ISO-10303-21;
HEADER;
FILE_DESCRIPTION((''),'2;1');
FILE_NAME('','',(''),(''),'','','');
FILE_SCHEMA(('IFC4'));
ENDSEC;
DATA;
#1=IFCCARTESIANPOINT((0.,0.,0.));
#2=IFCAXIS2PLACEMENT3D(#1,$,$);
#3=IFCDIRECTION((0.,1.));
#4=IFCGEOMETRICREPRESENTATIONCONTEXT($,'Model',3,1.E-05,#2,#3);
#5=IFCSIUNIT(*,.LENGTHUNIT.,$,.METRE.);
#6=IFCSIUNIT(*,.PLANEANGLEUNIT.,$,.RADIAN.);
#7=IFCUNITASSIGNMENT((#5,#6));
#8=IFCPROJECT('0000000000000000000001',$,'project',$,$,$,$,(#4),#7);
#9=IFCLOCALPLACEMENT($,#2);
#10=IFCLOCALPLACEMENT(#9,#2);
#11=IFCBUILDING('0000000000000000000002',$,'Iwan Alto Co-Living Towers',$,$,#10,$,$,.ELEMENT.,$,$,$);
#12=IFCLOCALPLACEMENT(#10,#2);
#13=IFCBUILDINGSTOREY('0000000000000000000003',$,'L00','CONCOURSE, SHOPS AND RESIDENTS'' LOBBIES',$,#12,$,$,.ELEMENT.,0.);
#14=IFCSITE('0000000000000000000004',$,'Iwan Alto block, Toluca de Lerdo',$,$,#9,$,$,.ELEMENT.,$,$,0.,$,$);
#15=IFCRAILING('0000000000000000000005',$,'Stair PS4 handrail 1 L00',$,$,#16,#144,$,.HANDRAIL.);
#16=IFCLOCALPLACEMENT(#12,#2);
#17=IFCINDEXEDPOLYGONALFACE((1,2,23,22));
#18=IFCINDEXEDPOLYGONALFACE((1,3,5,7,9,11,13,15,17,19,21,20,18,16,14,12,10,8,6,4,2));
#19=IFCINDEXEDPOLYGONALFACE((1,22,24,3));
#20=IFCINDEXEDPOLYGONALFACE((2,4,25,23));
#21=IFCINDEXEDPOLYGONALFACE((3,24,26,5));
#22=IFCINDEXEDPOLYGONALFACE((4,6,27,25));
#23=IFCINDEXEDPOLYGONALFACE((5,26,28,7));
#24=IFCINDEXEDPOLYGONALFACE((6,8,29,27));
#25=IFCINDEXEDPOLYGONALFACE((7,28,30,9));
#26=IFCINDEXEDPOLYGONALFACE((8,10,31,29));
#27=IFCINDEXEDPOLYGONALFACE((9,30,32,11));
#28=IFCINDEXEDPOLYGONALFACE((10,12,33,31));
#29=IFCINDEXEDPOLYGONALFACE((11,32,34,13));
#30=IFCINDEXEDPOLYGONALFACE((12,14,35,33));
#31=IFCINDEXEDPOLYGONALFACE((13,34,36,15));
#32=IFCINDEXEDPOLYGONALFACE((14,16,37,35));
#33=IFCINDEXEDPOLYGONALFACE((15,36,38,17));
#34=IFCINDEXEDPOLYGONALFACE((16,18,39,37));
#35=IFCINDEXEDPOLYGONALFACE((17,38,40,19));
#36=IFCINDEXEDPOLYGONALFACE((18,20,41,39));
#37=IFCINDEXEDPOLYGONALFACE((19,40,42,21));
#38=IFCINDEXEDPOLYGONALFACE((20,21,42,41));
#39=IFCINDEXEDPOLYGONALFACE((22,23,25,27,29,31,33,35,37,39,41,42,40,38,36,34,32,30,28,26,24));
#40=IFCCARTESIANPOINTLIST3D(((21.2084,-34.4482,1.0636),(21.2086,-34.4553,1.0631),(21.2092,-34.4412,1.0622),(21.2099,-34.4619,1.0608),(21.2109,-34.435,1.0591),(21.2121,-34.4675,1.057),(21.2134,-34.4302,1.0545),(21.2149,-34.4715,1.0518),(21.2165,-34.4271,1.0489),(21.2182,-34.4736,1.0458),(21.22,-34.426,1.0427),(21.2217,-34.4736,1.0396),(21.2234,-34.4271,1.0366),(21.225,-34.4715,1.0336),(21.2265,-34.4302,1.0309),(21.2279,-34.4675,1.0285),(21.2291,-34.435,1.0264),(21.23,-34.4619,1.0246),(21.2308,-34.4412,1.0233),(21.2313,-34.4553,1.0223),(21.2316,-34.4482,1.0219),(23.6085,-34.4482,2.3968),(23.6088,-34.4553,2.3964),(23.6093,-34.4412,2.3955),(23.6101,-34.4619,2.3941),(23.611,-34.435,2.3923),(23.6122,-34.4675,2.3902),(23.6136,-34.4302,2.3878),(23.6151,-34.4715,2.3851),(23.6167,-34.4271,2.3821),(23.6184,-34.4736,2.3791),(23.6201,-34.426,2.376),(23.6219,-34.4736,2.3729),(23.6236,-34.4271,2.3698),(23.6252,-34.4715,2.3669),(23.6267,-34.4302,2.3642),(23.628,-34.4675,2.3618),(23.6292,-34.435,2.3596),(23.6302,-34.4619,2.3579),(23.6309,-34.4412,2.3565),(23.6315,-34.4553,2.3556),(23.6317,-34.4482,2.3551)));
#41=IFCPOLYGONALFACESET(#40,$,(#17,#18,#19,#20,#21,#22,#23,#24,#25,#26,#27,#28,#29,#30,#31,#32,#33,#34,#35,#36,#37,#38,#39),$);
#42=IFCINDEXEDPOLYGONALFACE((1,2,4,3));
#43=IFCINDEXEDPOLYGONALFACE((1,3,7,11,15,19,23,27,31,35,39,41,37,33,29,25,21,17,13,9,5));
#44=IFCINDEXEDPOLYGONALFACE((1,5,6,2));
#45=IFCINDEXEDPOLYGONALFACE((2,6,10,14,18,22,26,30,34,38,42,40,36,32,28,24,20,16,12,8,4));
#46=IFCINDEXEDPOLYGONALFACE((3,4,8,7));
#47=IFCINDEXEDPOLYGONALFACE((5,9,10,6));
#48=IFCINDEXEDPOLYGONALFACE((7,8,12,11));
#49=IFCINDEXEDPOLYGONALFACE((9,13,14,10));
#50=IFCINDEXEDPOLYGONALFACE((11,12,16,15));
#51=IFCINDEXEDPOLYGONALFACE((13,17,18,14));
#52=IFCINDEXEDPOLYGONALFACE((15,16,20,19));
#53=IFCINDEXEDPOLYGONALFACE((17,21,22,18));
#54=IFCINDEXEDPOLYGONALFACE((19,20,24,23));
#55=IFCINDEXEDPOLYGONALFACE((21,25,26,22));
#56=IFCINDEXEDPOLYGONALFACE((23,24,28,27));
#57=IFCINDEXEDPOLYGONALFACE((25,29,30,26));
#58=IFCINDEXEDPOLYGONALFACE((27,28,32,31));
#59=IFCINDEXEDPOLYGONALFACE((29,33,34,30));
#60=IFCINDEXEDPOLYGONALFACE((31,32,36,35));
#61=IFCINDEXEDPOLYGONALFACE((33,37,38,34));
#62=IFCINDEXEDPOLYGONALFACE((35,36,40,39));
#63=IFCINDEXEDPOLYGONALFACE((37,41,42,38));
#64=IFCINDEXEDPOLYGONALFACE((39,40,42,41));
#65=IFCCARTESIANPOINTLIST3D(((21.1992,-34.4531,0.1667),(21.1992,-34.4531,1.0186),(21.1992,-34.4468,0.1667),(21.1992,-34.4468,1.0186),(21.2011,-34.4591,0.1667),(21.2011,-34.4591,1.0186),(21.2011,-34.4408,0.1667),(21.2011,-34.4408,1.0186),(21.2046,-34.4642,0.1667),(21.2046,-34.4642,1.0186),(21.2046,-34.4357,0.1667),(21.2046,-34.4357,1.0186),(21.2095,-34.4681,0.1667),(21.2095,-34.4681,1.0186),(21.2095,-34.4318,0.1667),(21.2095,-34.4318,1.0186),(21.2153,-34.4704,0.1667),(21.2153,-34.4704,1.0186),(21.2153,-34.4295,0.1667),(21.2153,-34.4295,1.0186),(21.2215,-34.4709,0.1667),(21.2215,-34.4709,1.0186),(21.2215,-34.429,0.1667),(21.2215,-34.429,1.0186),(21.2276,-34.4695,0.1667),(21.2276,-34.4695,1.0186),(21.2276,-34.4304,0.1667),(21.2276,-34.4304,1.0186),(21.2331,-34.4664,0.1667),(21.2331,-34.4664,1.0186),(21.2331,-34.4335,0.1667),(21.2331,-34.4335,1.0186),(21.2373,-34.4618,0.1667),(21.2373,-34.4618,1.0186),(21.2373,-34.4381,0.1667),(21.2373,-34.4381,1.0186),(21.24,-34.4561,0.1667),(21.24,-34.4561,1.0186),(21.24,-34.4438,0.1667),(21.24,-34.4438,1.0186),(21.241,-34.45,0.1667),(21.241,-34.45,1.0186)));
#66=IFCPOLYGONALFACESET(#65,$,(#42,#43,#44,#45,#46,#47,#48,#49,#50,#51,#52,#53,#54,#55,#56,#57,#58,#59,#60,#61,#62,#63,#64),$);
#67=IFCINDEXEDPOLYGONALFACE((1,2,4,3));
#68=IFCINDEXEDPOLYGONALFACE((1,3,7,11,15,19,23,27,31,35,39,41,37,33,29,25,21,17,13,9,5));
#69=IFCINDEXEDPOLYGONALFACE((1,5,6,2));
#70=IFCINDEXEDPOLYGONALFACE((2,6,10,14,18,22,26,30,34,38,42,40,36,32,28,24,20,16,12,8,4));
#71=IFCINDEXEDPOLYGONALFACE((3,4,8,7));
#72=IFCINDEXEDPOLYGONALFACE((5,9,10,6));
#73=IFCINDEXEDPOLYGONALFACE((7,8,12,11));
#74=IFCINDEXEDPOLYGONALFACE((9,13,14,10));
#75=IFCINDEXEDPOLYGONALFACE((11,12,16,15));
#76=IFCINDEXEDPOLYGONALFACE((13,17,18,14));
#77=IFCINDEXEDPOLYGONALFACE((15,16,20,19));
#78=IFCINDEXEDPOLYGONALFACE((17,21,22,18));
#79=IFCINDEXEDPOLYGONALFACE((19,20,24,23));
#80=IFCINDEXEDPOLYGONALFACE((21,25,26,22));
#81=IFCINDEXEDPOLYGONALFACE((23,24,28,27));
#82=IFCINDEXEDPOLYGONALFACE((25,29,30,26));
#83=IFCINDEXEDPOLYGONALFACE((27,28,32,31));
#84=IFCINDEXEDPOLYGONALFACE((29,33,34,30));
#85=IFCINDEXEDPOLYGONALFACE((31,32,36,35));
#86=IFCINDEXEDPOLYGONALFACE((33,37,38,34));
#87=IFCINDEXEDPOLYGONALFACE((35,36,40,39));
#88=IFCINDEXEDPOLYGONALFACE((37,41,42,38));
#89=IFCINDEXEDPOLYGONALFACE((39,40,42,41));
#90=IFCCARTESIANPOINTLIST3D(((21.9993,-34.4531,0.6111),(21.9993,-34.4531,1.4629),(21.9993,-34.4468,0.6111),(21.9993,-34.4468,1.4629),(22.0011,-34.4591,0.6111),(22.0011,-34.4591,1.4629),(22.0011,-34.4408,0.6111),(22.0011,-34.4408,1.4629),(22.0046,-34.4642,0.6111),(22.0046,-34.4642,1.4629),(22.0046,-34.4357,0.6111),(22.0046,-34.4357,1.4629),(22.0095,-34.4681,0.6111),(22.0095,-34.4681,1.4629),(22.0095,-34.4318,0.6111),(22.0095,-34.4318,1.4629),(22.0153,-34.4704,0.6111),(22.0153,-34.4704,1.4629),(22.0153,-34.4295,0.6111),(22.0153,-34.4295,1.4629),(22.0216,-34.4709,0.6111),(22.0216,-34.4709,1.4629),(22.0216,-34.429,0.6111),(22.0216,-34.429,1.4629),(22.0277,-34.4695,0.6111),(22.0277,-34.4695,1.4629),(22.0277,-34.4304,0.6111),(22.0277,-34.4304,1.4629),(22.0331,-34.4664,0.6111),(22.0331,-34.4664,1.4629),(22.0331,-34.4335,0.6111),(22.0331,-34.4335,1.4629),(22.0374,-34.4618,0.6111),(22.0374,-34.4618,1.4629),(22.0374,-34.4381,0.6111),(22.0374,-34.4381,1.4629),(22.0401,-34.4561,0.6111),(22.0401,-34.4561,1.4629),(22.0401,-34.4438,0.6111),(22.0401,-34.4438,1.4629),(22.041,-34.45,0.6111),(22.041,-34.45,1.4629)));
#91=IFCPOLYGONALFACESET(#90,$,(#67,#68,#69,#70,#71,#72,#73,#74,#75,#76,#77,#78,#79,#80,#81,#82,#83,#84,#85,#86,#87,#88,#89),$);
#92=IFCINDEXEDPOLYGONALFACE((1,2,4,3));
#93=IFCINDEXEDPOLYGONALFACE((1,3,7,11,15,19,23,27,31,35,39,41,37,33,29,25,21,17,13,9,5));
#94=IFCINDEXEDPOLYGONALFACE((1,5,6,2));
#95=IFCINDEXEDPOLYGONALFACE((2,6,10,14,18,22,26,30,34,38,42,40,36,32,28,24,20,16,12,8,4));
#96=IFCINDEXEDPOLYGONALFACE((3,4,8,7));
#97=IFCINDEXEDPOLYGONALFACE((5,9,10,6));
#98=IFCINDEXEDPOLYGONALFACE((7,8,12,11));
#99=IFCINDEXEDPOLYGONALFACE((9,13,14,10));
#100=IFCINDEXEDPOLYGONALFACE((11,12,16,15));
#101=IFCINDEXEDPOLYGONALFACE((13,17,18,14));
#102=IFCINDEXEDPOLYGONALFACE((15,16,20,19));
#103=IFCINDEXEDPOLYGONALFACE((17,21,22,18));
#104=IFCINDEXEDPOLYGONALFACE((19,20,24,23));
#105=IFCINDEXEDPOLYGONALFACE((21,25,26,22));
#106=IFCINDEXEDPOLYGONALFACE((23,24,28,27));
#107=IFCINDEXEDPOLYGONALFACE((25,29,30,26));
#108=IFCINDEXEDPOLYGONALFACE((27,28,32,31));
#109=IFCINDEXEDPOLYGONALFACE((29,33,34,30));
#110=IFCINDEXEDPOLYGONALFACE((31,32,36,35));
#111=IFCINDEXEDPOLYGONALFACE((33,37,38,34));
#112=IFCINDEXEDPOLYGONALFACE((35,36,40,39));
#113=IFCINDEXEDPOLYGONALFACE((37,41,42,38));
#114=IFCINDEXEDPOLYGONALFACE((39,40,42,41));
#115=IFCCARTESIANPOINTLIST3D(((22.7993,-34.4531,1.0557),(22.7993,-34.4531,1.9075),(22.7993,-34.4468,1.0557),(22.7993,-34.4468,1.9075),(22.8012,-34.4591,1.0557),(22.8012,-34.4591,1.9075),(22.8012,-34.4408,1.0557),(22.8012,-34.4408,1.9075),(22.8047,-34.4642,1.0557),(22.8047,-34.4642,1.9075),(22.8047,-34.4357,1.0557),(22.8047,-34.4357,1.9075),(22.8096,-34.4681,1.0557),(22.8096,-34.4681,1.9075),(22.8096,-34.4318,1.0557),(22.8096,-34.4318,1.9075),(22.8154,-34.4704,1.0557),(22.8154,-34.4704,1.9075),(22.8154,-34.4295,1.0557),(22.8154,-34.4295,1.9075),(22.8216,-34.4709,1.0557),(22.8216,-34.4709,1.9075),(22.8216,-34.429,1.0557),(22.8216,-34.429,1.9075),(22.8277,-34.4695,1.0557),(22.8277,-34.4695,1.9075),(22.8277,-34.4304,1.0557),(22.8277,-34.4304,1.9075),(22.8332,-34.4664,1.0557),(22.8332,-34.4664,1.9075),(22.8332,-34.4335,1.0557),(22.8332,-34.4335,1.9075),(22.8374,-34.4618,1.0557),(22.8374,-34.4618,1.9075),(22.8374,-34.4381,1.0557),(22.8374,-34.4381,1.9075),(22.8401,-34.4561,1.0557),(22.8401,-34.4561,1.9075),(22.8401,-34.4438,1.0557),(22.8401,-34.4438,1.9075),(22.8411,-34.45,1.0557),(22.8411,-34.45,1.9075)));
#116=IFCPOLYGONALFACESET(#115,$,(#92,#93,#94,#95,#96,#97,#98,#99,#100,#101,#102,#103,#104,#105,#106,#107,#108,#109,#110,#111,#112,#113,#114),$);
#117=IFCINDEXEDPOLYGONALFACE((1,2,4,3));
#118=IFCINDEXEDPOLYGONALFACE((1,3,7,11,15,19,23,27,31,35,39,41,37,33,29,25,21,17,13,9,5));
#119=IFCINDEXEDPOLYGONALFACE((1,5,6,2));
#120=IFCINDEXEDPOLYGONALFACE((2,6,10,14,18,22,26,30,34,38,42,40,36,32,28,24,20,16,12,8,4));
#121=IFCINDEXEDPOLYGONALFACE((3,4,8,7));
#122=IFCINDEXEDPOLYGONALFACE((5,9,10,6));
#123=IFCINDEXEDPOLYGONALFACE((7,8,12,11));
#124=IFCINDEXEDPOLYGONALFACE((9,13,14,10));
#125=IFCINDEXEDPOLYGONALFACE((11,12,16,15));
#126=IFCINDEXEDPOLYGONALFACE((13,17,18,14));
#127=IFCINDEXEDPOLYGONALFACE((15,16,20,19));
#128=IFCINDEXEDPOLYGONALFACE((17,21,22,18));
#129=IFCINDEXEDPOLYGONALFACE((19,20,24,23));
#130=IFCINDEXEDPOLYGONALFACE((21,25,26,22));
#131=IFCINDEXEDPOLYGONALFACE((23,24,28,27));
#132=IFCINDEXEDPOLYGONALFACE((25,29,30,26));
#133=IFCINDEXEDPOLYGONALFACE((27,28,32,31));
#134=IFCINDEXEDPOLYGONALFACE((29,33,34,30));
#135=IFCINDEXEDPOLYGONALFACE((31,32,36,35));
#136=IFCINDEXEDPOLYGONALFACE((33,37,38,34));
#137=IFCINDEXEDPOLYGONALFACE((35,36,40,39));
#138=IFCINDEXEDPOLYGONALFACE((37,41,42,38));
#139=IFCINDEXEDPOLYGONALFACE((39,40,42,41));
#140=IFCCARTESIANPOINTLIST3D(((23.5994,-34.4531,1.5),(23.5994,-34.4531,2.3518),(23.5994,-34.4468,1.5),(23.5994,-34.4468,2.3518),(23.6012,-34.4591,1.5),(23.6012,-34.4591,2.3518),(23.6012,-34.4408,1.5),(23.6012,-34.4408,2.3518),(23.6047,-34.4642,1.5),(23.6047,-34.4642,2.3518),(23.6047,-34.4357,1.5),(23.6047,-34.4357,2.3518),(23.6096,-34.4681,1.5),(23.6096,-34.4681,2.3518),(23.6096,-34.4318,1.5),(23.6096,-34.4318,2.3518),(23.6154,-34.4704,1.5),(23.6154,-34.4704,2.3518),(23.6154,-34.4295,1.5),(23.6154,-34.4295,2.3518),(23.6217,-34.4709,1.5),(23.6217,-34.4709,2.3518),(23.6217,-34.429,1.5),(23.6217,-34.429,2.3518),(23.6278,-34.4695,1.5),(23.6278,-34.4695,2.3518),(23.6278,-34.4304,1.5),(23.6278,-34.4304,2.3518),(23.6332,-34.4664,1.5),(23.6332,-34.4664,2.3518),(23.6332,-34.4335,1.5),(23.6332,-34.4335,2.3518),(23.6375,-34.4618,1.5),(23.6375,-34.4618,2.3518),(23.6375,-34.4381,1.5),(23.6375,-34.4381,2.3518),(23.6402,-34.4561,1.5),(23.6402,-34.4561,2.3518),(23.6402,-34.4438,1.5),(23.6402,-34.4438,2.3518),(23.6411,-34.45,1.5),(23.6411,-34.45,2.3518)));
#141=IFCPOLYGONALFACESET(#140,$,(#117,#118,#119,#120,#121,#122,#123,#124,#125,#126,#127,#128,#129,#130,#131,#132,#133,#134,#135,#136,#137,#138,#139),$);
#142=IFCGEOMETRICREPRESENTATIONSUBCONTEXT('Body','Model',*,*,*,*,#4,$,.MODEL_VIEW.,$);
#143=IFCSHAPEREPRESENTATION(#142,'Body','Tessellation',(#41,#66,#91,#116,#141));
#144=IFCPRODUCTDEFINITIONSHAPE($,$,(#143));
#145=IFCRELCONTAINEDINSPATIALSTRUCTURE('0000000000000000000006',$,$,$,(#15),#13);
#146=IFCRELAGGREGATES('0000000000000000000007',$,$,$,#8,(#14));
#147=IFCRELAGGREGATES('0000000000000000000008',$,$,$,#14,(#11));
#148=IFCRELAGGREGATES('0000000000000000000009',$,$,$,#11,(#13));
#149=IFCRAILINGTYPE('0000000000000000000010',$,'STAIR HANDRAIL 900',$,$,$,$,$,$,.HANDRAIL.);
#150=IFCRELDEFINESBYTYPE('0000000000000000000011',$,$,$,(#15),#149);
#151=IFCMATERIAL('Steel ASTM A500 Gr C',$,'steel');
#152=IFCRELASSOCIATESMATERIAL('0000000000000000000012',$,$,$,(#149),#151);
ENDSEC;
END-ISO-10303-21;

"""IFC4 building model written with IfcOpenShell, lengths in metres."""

from ifc_helpers import new_model, si_unit, direction, frame, origin, origin_2d, place, context, subcontext, project, spatial, circle, extrude, material, type_object, element, save


model = new_model("IFC4")

# Units and contexts
model_context = context("Model", 3, precision=1e-05, world=origin(), true_north=direction((0.0, 1.0)))
body_context = subcontext(model_context, "Body", "Model", "MODEL_VIEW")
ifc_project = project(units=[si_unit("LENGTHUNIT", "METRE"), si_unit("PLANEANGLEUNIT", "RADIAN")], contexts=[model_context])

# Site, building, storey
site_placement = place(None, origin())
site = spatial("IfcSite", under=ifc_project, at=site_placement, Name="Iwan Alto block, Toluca de Lerdo", CompositionType="ELEMENT", RefElevation=0.0)
building_placement = place(site_placement, origin())
building = spatial("IfcBuilding", under=site, at=building_placement, Name="Iwan Alto Co-Living Towers", CompositionType="ELEMENT")
storey_placement = place(building_placement, origin())
storey = spatial("IfcBuildingStorey", under=building, at=storey_placement, Name="L00", Description="CONCOURSE, SHOPS AND RESIDENTS' LOBBIES", CompositionType="ELEMENT", Elevation=0.0)

# Railing
ifc_material_1 = material(Name="Steel ASTM A500 Gr C", Category="steel")
railing_type_1 = type_object("IfcRailingType", Name="STAIR HANDRAIL 900", PredefinedType="HANDRAIL", material=ifc_material_1)
railing_1_placement = place(storey_placement, frame((21.22, -34.45, 0.1667)))
element("IfcRailing", 1, at=railing_1_placement, inside=storey, type_object=railing_type_1, Name="Stair PS4 handrail 1 L00", PredefinedType="HANDRAIL", context=body_context, shape_type="SweptSolid", body=[
    extrude(circle(Radius=0.0239, at=origin_2d()), frame((0.0, 0.0, 0.876), z_axis=(0.874182, 0.0, 0.485598), x_axis=(0.0, 1.0, 0.0)), (0.0, 0.0, 1.0), 2.7456),
    extrude(circle(Radius=0.021, at=origin_2d()), origin(), (0.0, 0.0, 1.0), 0.8518),
    extrude(circle(Radius=0.021, at=origin_2d()), frame((0.8, 0.0, 0.4443)), (0.0, 0.0, 1.0), 0.8518),
    extrude(circle(Radius=0.021, at=origin_2d()), frame((1.6001, 0.0, 0.8889)), (0.0, 0.0, 1.0), 0.8518),
    extrude(circle(Radius=0.021, at=origin_2d()), frame((2.4001, 0.0, 1.3333)), (0.0, 0.0, 1.0), 0.8518),
])

save(model, "model.ifc")
